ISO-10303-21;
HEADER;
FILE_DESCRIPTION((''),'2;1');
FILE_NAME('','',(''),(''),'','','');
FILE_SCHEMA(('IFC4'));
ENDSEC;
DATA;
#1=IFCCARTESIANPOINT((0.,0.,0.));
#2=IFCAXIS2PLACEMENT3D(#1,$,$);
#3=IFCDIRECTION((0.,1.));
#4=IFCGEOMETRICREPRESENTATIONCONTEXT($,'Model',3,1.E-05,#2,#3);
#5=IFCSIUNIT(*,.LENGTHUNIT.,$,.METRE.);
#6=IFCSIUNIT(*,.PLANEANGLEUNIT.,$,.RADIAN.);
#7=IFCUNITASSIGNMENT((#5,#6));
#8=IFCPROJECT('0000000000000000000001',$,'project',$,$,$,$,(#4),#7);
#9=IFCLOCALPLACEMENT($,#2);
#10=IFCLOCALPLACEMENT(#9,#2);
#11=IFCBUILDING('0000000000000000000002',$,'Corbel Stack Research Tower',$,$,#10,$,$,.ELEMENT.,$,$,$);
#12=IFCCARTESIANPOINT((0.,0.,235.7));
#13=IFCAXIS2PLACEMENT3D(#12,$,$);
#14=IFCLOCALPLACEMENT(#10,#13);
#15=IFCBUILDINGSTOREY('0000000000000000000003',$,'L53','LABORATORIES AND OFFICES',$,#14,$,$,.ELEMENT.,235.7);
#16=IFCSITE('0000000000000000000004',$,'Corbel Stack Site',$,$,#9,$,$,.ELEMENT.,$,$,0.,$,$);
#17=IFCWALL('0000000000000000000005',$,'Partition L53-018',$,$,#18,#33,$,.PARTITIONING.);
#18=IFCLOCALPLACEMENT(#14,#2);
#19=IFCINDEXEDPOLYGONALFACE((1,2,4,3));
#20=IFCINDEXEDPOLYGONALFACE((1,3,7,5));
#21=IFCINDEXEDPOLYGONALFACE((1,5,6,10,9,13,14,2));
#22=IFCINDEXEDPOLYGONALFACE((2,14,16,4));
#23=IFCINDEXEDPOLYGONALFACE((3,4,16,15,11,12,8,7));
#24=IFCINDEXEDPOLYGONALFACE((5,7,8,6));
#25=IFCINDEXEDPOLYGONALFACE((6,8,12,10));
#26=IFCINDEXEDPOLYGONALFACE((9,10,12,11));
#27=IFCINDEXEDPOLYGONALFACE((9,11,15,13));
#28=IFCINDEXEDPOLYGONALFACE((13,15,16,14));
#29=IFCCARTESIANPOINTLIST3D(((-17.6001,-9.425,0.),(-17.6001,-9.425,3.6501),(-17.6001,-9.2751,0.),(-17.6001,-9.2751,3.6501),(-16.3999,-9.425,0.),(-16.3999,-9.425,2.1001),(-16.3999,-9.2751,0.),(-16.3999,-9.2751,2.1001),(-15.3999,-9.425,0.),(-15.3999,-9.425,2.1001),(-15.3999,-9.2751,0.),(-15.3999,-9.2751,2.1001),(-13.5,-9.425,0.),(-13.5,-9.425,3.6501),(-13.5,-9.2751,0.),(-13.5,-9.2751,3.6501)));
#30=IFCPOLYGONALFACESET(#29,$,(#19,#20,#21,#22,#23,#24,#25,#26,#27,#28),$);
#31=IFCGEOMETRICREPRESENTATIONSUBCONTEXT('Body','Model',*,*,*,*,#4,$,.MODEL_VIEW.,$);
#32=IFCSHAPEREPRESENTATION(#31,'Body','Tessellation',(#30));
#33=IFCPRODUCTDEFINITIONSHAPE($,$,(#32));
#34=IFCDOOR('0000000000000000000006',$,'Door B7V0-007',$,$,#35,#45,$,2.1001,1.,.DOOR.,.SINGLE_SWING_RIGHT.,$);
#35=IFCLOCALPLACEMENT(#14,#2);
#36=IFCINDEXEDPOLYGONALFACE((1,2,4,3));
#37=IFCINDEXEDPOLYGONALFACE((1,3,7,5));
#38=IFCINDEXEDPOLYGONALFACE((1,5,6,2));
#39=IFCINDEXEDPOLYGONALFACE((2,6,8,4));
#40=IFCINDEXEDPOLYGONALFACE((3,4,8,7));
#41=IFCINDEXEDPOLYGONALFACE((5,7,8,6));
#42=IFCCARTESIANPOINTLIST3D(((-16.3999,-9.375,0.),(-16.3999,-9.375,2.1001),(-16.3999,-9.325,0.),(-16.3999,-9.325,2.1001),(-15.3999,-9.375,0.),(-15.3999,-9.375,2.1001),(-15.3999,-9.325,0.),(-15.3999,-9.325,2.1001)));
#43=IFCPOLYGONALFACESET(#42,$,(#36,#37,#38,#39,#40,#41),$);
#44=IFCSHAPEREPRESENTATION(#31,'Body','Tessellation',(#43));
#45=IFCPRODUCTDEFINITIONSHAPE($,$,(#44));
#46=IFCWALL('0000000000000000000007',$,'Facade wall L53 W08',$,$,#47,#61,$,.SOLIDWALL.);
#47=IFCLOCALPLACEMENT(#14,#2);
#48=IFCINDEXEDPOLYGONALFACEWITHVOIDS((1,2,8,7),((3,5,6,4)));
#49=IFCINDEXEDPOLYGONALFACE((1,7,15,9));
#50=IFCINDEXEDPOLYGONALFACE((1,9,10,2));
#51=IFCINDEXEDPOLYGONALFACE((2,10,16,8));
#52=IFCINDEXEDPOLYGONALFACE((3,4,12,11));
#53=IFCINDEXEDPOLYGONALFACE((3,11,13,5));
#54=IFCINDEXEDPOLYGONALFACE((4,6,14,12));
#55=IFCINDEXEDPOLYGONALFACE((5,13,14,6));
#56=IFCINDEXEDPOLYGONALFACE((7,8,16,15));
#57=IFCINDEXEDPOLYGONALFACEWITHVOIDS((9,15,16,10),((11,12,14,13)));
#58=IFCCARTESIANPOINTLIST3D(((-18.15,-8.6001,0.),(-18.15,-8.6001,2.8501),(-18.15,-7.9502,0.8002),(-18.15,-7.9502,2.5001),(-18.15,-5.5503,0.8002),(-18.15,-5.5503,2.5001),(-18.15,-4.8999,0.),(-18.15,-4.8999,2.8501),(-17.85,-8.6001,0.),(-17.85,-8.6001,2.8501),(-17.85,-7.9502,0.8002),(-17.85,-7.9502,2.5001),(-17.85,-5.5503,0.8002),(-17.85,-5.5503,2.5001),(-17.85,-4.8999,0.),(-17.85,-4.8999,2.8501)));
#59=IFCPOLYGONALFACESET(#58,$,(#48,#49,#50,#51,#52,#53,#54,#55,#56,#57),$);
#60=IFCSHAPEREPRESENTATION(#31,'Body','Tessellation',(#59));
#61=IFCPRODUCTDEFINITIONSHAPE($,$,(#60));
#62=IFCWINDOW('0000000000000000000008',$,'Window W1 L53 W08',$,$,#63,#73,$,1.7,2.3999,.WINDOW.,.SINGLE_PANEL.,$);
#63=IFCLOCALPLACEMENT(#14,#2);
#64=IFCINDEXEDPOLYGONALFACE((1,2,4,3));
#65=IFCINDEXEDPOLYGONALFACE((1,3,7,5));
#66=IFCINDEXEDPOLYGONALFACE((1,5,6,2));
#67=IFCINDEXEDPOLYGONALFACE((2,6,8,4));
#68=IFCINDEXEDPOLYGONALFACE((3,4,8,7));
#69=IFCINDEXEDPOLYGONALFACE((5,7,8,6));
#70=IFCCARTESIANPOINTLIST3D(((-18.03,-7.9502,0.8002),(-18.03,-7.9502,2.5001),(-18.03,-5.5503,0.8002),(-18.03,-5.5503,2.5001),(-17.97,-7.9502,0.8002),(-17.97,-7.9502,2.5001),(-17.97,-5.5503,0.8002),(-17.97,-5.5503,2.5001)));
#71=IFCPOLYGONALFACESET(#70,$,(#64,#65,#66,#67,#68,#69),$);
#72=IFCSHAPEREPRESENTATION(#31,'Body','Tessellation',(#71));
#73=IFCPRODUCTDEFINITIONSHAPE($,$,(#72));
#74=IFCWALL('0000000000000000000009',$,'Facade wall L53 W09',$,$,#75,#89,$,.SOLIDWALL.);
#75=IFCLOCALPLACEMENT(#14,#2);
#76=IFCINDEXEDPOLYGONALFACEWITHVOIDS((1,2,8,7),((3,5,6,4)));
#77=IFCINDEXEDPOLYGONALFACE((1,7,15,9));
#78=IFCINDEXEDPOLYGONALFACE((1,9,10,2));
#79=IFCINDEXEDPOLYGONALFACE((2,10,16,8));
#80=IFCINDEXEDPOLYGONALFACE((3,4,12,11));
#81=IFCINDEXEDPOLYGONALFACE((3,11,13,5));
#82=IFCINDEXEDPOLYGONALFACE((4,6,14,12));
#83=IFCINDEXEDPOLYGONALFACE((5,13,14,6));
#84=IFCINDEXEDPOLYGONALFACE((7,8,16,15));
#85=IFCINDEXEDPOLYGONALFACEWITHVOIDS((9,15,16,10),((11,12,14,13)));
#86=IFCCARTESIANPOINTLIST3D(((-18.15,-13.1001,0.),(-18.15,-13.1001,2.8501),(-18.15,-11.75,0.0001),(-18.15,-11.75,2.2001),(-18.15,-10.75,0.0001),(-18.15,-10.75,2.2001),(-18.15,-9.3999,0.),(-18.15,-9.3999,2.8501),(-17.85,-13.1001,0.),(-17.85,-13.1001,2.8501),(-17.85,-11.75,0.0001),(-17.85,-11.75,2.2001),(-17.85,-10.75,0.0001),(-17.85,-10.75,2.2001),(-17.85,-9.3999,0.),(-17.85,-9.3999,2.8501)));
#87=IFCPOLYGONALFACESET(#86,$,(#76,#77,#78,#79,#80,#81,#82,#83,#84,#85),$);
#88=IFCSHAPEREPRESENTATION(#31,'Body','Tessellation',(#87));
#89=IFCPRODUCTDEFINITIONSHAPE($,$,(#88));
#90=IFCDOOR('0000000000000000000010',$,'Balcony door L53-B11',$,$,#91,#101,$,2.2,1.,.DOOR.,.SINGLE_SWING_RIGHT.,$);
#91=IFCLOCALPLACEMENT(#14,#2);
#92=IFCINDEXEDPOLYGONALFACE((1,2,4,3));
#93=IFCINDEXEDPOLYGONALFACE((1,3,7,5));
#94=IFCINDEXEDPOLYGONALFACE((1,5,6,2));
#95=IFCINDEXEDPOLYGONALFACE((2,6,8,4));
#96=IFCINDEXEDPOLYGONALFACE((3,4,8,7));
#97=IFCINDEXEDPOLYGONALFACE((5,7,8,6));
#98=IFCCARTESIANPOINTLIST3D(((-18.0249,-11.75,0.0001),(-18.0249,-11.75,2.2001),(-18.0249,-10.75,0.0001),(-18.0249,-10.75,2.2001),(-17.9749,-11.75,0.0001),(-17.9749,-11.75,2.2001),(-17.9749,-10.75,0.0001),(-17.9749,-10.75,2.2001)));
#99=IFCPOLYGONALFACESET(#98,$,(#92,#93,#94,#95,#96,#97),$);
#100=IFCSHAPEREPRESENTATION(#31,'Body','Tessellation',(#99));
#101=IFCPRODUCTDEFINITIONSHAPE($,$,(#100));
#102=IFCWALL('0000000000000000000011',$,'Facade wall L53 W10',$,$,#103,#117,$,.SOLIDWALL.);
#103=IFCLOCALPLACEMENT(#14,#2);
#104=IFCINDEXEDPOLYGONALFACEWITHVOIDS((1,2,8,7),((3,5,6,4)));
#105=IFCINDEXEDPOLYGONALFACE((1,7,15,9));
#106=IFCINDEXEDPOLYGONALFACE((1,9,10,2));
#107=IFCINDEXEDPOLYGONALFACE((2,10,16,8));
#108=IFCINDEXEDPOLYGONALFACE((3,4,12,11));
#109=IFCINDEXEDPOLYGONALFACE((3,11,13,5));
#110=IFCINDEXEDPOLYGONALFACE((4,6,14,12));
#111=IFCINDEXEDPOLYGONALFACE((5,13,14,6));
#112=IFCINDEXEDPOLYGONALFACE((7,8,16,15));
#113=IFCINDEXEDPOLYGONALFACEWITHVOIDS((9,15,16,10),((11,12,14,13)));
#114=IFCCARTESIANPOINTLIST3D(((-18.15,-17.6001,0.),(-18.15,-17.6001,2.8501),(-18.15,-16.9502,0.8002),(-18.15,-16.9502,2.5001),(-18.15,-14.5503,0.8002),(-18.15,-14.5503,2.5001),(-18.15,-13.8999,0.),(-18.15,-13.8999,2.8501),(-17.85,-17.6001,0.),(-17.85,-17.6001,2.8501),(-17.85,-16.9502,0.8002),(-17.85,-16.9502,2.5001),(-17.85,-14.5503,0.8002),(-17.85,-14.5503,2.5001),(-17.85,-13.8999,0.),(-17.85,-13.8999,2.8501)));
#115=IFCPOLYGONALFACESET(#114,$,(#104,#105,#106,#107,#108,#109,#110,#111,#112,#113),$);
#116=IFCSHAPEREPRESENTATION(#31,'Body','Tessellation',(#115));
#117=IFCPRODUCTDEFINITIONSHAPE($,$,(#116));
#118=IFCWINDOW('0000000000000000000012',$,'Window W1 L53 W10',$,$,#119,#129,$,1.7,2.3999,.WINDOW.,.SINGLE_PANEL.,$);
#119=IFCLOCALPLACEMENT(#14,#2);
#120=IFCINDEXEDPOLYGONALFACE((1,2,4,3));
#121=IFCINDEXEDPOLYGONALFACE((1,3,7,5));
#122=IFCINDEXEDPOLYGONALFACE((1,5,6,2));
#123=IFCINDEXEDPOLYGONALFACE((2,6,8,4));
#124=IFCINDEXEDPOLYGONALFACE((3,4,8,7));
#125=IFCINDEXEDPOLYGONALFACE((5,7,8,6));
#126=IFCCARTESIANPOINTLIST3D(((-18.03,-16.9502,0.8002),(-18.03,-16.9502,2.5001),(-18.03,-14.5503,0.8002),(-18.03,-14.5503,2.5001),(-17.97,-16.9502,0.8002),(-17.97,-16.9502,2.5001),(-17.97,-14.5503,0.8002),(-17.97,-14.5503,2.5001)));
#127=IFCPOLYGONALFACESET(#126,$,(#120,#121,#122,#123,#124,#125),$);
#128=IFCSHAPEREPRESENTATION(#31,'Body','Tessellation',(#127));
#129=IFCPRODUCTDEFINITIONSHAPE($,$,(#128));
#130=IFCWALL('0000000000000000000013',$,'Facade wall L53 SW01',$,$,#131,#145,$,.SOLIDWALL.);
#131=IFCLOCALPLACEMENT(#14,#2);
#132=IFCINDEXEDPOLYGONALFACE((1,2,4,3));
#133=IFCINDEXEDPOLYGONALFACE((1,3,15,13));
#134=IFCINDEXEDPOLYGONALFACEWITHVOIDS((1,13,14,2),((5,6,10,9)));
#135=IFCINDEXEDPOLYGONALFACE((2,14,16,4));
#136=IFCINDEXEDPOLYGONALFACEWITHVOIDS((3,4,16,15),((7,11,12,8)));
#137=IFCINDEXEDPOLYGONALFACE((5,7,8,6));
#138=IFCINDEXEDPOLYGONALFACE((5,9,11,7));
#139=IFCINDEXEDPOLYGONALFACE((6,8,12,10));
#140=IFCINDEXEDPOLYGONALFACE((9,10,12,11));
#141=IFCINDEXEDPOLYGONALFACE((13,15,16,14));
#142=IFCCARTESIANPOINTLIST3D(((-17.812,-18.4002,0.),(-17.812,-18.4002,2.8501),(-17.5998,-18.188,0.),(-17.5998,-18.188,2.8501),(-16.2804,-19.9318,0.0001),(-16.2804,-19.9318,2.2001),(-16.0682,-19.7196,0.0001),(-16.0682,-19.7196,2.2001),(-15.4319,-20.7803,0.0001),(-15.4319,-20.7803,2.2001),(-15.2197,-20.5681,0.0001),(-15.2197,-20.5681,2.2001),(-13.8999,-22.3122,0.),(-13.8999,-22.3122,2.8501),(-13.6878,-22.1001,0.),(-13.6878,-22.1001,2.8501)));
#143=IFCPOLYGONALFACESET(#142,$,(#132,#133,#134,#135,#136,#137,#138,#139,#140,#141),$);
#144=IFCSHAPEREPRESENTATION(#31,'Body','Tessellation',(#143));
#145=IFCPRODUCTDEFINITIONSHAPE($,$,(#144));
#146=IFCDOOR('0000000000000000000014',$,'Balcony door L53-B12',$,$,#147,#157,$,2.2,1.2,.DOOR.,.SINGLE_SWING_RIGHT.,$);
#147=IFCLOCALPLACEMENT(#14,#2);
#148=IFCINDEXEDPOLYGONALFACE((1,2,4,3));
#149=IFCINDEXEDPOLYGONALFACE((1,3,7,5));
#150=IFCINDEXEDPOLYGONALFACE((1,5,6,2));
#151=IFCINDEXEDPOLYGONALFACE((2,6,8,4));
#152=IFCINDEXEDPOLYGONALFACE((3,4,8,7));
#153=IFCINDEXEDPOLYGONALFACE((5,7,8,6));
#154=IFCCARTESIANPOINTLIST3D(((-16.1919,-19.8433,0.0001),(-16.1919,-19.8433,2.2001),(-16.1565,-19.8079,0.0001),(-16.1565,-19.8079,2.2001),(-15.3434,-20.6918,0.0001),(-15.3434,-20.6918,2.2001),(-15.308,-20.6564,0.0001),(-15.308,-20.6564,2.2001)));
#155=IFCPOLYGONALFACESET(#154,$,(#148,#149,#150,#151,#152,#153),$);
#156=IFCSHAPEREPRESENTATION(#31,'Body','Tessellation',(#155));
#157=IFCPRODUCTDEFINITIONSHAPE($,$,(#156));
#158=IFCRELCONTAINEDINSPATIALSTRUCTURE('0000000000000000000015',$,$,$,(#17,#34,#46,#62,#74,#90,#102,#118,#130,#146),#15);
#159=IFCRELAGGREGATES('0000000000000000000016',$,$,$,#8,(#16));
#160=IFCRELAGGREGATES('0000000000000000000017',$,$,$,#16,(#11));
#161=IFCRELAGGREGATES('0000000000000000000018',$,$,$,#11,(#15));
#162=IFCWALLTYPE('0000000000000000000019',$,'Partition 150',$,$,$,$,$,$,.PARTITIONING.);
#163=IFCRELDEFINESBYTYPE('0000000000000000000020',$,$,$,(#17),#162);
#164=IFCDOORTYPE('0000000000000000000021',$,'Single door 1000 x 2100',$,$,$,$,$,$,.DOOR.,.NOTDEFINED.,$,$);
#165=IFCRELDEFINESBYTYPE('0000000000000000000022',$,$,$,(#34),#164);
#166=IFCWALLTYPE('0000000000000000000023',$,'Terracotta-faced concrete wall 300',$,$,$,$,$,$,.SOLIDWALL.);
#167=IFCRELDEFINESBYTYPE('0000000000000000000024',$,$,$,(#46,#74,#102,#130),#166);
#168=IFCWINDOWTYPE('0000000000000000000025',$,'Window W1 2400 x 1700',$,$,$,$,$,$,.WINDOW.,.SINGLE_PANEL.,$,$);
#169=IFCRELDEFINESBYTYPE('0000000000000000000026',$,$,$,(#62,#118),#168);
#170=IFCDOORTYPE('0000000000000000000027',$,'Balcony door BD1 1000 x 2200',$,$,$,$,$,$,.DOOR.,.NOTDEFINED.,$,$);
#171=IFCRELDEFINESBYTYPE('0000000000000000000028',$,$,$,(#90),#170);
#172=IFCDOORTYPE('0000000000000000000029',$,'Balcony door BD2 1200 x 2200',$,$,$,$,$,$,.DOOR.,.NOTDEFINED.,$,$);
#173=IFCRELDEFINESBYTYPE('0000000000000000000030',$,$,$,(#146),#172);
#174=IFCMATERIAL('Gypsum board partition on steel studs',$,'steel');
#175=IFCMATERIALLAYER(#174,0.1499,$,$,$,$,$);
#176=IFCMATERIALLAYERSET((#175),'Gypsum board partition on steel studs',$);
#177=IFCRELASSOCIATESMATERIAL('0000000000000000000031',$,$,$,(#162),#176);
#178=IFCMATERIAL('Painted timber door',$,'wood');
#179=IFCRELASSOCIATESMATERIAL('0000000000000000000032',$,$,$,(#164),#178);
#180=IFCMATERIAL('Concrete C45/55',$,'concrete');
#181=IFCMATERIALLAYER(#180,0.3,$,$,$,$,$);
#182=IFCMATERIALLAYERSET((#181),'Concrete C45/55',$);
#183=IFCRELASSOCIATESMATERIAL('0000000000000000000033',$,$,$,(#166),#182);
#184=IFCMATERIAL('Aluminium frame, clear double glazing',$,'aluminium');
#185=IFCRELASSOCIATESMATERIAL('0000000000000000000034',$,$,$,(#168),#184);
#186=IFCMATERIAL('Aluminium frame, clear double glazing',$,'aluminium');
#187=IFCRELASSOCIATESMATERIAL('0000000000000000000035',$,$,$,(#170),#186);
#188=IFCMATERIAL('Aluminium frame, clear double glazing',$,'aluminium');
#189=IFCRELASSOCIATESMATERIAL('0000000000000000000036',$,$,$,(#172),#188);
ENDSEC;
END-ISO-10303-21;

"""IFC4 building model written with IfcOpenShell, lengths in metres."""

from ifc_helpers import new_model, si_unit, direction, frame, frame_2d, origin, place, context, subcontext, project, spatial, rectangle, extrude, material, layer, layer_set, type_object, element, fill, save


model = new_model("IFC4")

# Units and contexts
model_context = context("Model", 3, precision=1e-05, world=origin(), true_north=direction((0.0, 1.0)))
body_context = subcontext(model_context, "Body", "Model", "MODEL_VIEW")
ifc_project = project(units=[si_unit("LENGTHUNIT", "METRE"), si_unit("PLANEANGLEUNIT", "RADIAN")], contexts=[model_context])

# Site, building, storey
site_placement = place(None, origin())
site = spatial("IfcSite", under=ifc_project, at=site_placement, Name="Corbel Stack Site", CompositionType="ELEMENT", RefElevation=0.0)
building_placement = place(site_placement, origin())
building = spatial("IfcBuilding", under=site, at=building_placement, Name="Corbel Stack Research Tower", CompositionType="ELEMENT")
storey_placement = place(building_placement, frame((0.0, 0.0, 235.7)))
storey = spatial("IfcBuildingStorey", under=building, at=storey_placement, Name="L53", Description="LABORATORIES AND OFFICES", CompositionType="ELEMENT", Elevation=235.7)

# Wall, opening, door
ifc_material_1 = material(Name="Gypsum board partition on steel studs", Category="steel")
ifc_layer_1 = layer(ifc_material_1, 0.1499)
ifc_layer_set_1 = layer_set([ifc_layer_1], Name="Gypsum board partition on steel studs")
wall_type_1 = type_object("IfcWallType", Name="Partition 150", PredefinedType="PARTITIONING", material=ifc_layer_set_1)
wall_1_placement = place(storey_placement, frame((-13.5, -9.3501, 0.0), z_axis=(0.0, 0.0, 1.0), x_axis=(-1.0, 0.0, 0.0)))
wall_1 = element("IfcWall", 1, at=wall_1_placement, inside=storey, type_object=wall_type_1, Name="Partition L53-018", PredefinedType="PARTITIONING", context=body_context, shape_type="SweptSolid", body=[
    extrude(rectangle(XDim=4.1001, YDim=0.1499, at=frame_2d((2.05, 0.0))), origin(), (0.0, 0.0, 1.0), 3.6501),
])
opening_1_placement = place(wall_1_placement, frame((1.8999, 0.0, 0.0)))
opening_1 = element("IfcOpeningElement", 2, at=opening_1_placement, cuts=wall_1, PredefinedType="OPENING", context=body_context, shape_type="SweptSolid", body=[
    extrude(rectangle(XDim=1.0, YDim=2.1001, at=frame_2d((0.5, 1.05))), frame((0.0, 0.085, 0.0), z_axis=(0.0, -1.0, 0.0), x_axis=(1.0, 0.0, 0.0)), (0.0, 0.0, 1.0), 0.1699),
])
ifc_material_2 = material(Name="Painted timber door", Category="wood")
door_type_1 = type_object("IfcDoorType", Name="Single door 1000 x 2100", OperationType="NOTDEFINED", PredefinedType="DOOR", material=ifc_material_2)
door_1_placement = place(opening_1_placement, origin())
door_1 = element("IfcDoor", 3, at=door_1_placement, inside=storey, type_object=door_type_1, Name="Door B7V0-007", OperationType="SINGLE_SWING_RIGHT", OverallHeight=2.1001, OverallWidth=1.0, PredefinedType="DOOR", context=body_context, shape_type="SweptSolid", body=[
    extrude(rectangle(XDim=1.0, YDim=2.1001, at=frame_2d((0.5, 1.05))), frame((0.0, 0.0249, 0.0), z_axis=(0.0, -1.0, 0.0), x_axis=(1.0, 0.0, 0.0)), (0.0, 0.0, 1.0), 0.05),
])
fill(opening_1, door_1)

# Wall, opening, window
ifc_material_3 = material(Name="Concrete C45/55", Category="concrete")
ifc_layer_2 = layer(ifc_material_3, 0.3)
ifc_layer_set_2 = layer_set([ifc_layer_2], Name="Concrete C45/55")
wall_type_2 = type_object("IfcWallType", Name="Terracotta-faced concrete wall 300", PredefinedType="SOLIDWALL", material=ifc_layer_set_2)
wall_2_placement = place(storey_placement, frame((-18.0, -8.6001, 0.0), z_axis=(0.0, 0.0, 1.0), x_axis=(0.0, 1.0, 0.0)))
wall_2 = element("IfcWall", 4, at=wall_2_placement, inside=storey, type_object=wall_type_2, Name="Facade wall L53 W08", PredefinedType="SOLIDWALL", context=body_context, shape_type="SweptSolid", body=[
    extrude(rectangle(XDim=3.7002, YDim=0.3, at=frame_2d((1.8501, 0.0))), origin(), (0.0, 0.0, 1.0), 2.8501),
])
opening_2_placement = place(wall_2_placement, frame((0.6499, 0.0, 0.8)))
opening_2 = element("IfcOpeningElement", 5, at=opening_2_placement, cuts=wall_2, PredefinedType="OPENING", context=body_context, shape_type="SweptSolid", body=[
    extrude(rectangle(XDim=2.3999, YDim=1.7, at=frame_2d((1.2, 0.8501))), frame((0.0, 0.1599, 0.0), z_axis=(0.0, -1.0, 0.0), x_axis=(1.0, 0.0, 0.0)), (0.0, 0.0, 1.0), 0.3201),
])
ifc_material_4 = material(Name="Aluminium frame, clear double glazing", Category="aluminium")
window_type = type_object("IfcWindowType", Name="Window W1 2400 x 1700", PartitioningType="SINGLE_PANEL", PredefinedType="WINDOW", material=ifc_material_4)
window_1_placement = place(opening_2_placement, origin())
window_1 = element("IfcWindow", 6, at=window_1_placement, inside=storey, type_object=window_type, Name="Window W1 L53 W08", OverallHeight=1.7, OverallWidth=2.3999, PartitioningType="SINGLE_PANEL", PredefinedType="WINDOW", context=body_context, shape_type="SweptSolid", body=[
    extrude(rectangle(XDim=2.3999, YDim=1.7, at=frame_2d((1.2, 0.8501))), frame((0.0, 0.03, 0.0), z_axis=(0.0, -1.0, 0.0), x_axis=(1.0, 0.0, 0.0)), (0.0, 0.0, 1.0), 0.0601),
])
fill(opening_2, window_1)

# Wall, opening, door
wall_3_placement = place(storey_placement, frame((-18.0, -13.1001, 0.0), z_axis=(0.0, 0.0, 1.0), x_axis=(0.0, 1.0, 0.0)))
wall_3 = element("IfcWall", 7, at=wall_3_placement, inside=storey, type_object=wall_type_2, Name="Facade wall L53 W09", PredefinedType="SOLIDWALL", context=body_context, shape_type="SweptSolid", body=[
    extrude(rectangle(XDim=3.7002, YDim=0.3, at=frame_2d((1.8501, 0.0))), origin(), (0.0, 0.0, 1.0), 2.8501),
])
opening_3_placement = place(wall_3_placement, frame((1.3501, 0.0, 0.0)))
opening_3 = element("IfcOpeningElement", 8, at=opening_3_placement, cuts=wall_3, PredefinedType="OPENING", context=body_context, shape_type="SweptSolid", body=[
    extrude(rectangle(XDim=1.0, YDim=2.2, at=frame_2d((0.5, 1.1001))), frame((0.0, 0.1599, 0.0), z_axis=(0.0, -1.0, 0.0), x_axis=(1.0, 0.0, 0.0)), (0.0, 0.0, 1.0), 0.3201),
])
ifc_material_5 = material(Name="Aluminium frame, clear double glazing", Category="aluminium")
door_type_2 = type_object("IfcDoorType", Name="Balcony door BD1 1000 x 2200", OperationType="NOTDEFINED", PredefinedType="DOOR", material=ifc_material_5)
door_2_placement = place(opening_3_placement, origin())
door_2 = element("IfcDoor", 9, at=door_2_placement, inside=storey, type_object=door_type_2, Name="Balcony door L53-B11", OperationType="SINGLE_SWING_RIGHT", OverallHeight=2.2, OverallWidth=1.0, PredefinedType="DOOR", context=body_context, shape_type="SweptSolid", body=[
    extrude(rectangle(XDim=1.0, YDim=2.2, at=frame_2d((0.5, 1.1001))), frame((0.0, 0.0249, 0.0), z_axis=(0.0, -1.0, 0.0), x_axis=(1.0, 0.0, 0.0)), (0.0, 0.0, 1.0), 0.05),
])
fill(opening_3, door_2)

# Wall, opening, window
wall_4_placement = place(storey_placement, frame((-18.0, -17.6001, 0.0), z_axis=(0.0, 0.0, 1.0), x_axis=(0.0, 1.0, 0.0)))
wall_4 = element("IfcWall", 10, at=wall_4_placement, inside=storey, type_object=wall_type_2, Name="Facade wall L53 W10", PredefinedType="SOLIDWALL", context=body_context, shape_type="SweptSolid", body=[
    extrude(rectangle(XDim=3.7002, YDim=0.3, at=frame_2d((1.8501, 0.0))), origin(), (0.0, 0.0, 1.0), 2.8501),
])
opening_4_placement = place(wall_4_placement, frame((0.6499, 0.0, 0.8)))
opening_4 = element("IfcOpeningElement", 11, at=opening_4_placement, cuts=wall_4, PredefinedType="OPENING", context=body_context, shape_type="SweptSolid", body=[
    extrude(rectangle(XDim=2.3999, YDim=1.7, at=frame_2d((1.2, 0.8501))), frame((0.0, 0.1599, 0.0), z_axis=(0.0, -1.0, 0.0), x_axis=(1.0, 0.0, 0.0)), (0.0, 0.0, 1.0), 0.3201),
])
window_2_placement = place(opening_4_placement, origin())
window_2 = element("IfcWindow", 12, at=window_2_placement, inside=storey, type_object=window_type, Name="Window W1 L53 W10", OverallHeight=1.7, OverallWidth=2.3999, PartitioningType="SINGLE_PANEL", PredefinedType="WINDOW", context=body_context, shape_type="SweptSolid", body=[
    extrude(rectangle(XDim=2.3999, YDim=1.7, at=frame_2d((1.2, 0.8501))), frame((0.0, 0.03, 0.0), z_axis=(0.0, -1.0, 0.0), x_axis=(1.0, 0.0, 0.0)), (0.0, 0.0, 1.0), 0.0601),
])
fill(opening_4, window_2)

# Wall, opening, door
wall_5_placement = place(storey_placement, frame((-13.7939, -22.2061, 0.0), z_axis=(0.0, 0.0, 1.0), x_axis=(-0.707107, 0.707107, 0.0)))
wall_5 = element("IfcWall", 13, at=wall_5_placement, inside=storey, type_object=wall_type_2, Name="Facade wall L53 SW01", PredefinedType="SOLIDWALL", context=body_context, shape_type="SweptSolid", body=[
    extrude(rectangle(XDim=5.5325, YDim=0.3, at=frame_2d((2.7661, 0.0))), origin(), (0.0, 0.0, 1.0), 2.8501),
])
opening_5_placement = place(wall_5_placement, frame((2.1663, 0.0, 0.0)))
opening_5 = element("IfcOpeningElement", 14, at=opening_5_placement, cuts=wall_5, PredefinedType="OPENING", context=body_context, shape_type="SweptSolid", body=[
    extrude(rectangle(XDim=1.2, YDim=2.2, at=frame_2d((0.6001, 1.1001))), frame((0.0, 0.1599, 0.0), z_axis=(0.0, -1.0, 0.0), x_axis=(1.0, 0.0, 0.0)), (0.0, 0.0, 1.0), 0.3201),
])
ifc_material_6 = material(Name="Aluminium frame, clear double glazing", Category="aluminium")
door_type_3 = type_object("IfcDoorType", Name="Balcony door BD2 1200 x 2200", OperationType="NOTDEFINED", PredefinedType="DOOR", material=ifc_material_6)
door_3_placement = place(opening_5_placement, origin())
door_3 = element("IfcDoor", 15, at=door_3_placement, inside=storey, type_object=door_type_3, Name="Balcony door L53-B12", OperationType="SINGLE_SWING_RIGHT", OverallHeight=2.2, OverallWidth=1.2, PredefinedType="DOOR", context=body_context, shape_type="SweptSolid", body=[
    extrude(rectangle(XDim=1.2, YDim=2.2, at=frame_2d((0.6001, 1.1001))), frame((0.0, 0.0249, 0.0), z_axis=(0.0, -1.0, 0.0), x_axis=(1.0, 0.0, 0.0)), (0.0, 0.0, 1.0), 0.05),
])
fill(opening_5, door_3)

save(model, "model.ifc")
